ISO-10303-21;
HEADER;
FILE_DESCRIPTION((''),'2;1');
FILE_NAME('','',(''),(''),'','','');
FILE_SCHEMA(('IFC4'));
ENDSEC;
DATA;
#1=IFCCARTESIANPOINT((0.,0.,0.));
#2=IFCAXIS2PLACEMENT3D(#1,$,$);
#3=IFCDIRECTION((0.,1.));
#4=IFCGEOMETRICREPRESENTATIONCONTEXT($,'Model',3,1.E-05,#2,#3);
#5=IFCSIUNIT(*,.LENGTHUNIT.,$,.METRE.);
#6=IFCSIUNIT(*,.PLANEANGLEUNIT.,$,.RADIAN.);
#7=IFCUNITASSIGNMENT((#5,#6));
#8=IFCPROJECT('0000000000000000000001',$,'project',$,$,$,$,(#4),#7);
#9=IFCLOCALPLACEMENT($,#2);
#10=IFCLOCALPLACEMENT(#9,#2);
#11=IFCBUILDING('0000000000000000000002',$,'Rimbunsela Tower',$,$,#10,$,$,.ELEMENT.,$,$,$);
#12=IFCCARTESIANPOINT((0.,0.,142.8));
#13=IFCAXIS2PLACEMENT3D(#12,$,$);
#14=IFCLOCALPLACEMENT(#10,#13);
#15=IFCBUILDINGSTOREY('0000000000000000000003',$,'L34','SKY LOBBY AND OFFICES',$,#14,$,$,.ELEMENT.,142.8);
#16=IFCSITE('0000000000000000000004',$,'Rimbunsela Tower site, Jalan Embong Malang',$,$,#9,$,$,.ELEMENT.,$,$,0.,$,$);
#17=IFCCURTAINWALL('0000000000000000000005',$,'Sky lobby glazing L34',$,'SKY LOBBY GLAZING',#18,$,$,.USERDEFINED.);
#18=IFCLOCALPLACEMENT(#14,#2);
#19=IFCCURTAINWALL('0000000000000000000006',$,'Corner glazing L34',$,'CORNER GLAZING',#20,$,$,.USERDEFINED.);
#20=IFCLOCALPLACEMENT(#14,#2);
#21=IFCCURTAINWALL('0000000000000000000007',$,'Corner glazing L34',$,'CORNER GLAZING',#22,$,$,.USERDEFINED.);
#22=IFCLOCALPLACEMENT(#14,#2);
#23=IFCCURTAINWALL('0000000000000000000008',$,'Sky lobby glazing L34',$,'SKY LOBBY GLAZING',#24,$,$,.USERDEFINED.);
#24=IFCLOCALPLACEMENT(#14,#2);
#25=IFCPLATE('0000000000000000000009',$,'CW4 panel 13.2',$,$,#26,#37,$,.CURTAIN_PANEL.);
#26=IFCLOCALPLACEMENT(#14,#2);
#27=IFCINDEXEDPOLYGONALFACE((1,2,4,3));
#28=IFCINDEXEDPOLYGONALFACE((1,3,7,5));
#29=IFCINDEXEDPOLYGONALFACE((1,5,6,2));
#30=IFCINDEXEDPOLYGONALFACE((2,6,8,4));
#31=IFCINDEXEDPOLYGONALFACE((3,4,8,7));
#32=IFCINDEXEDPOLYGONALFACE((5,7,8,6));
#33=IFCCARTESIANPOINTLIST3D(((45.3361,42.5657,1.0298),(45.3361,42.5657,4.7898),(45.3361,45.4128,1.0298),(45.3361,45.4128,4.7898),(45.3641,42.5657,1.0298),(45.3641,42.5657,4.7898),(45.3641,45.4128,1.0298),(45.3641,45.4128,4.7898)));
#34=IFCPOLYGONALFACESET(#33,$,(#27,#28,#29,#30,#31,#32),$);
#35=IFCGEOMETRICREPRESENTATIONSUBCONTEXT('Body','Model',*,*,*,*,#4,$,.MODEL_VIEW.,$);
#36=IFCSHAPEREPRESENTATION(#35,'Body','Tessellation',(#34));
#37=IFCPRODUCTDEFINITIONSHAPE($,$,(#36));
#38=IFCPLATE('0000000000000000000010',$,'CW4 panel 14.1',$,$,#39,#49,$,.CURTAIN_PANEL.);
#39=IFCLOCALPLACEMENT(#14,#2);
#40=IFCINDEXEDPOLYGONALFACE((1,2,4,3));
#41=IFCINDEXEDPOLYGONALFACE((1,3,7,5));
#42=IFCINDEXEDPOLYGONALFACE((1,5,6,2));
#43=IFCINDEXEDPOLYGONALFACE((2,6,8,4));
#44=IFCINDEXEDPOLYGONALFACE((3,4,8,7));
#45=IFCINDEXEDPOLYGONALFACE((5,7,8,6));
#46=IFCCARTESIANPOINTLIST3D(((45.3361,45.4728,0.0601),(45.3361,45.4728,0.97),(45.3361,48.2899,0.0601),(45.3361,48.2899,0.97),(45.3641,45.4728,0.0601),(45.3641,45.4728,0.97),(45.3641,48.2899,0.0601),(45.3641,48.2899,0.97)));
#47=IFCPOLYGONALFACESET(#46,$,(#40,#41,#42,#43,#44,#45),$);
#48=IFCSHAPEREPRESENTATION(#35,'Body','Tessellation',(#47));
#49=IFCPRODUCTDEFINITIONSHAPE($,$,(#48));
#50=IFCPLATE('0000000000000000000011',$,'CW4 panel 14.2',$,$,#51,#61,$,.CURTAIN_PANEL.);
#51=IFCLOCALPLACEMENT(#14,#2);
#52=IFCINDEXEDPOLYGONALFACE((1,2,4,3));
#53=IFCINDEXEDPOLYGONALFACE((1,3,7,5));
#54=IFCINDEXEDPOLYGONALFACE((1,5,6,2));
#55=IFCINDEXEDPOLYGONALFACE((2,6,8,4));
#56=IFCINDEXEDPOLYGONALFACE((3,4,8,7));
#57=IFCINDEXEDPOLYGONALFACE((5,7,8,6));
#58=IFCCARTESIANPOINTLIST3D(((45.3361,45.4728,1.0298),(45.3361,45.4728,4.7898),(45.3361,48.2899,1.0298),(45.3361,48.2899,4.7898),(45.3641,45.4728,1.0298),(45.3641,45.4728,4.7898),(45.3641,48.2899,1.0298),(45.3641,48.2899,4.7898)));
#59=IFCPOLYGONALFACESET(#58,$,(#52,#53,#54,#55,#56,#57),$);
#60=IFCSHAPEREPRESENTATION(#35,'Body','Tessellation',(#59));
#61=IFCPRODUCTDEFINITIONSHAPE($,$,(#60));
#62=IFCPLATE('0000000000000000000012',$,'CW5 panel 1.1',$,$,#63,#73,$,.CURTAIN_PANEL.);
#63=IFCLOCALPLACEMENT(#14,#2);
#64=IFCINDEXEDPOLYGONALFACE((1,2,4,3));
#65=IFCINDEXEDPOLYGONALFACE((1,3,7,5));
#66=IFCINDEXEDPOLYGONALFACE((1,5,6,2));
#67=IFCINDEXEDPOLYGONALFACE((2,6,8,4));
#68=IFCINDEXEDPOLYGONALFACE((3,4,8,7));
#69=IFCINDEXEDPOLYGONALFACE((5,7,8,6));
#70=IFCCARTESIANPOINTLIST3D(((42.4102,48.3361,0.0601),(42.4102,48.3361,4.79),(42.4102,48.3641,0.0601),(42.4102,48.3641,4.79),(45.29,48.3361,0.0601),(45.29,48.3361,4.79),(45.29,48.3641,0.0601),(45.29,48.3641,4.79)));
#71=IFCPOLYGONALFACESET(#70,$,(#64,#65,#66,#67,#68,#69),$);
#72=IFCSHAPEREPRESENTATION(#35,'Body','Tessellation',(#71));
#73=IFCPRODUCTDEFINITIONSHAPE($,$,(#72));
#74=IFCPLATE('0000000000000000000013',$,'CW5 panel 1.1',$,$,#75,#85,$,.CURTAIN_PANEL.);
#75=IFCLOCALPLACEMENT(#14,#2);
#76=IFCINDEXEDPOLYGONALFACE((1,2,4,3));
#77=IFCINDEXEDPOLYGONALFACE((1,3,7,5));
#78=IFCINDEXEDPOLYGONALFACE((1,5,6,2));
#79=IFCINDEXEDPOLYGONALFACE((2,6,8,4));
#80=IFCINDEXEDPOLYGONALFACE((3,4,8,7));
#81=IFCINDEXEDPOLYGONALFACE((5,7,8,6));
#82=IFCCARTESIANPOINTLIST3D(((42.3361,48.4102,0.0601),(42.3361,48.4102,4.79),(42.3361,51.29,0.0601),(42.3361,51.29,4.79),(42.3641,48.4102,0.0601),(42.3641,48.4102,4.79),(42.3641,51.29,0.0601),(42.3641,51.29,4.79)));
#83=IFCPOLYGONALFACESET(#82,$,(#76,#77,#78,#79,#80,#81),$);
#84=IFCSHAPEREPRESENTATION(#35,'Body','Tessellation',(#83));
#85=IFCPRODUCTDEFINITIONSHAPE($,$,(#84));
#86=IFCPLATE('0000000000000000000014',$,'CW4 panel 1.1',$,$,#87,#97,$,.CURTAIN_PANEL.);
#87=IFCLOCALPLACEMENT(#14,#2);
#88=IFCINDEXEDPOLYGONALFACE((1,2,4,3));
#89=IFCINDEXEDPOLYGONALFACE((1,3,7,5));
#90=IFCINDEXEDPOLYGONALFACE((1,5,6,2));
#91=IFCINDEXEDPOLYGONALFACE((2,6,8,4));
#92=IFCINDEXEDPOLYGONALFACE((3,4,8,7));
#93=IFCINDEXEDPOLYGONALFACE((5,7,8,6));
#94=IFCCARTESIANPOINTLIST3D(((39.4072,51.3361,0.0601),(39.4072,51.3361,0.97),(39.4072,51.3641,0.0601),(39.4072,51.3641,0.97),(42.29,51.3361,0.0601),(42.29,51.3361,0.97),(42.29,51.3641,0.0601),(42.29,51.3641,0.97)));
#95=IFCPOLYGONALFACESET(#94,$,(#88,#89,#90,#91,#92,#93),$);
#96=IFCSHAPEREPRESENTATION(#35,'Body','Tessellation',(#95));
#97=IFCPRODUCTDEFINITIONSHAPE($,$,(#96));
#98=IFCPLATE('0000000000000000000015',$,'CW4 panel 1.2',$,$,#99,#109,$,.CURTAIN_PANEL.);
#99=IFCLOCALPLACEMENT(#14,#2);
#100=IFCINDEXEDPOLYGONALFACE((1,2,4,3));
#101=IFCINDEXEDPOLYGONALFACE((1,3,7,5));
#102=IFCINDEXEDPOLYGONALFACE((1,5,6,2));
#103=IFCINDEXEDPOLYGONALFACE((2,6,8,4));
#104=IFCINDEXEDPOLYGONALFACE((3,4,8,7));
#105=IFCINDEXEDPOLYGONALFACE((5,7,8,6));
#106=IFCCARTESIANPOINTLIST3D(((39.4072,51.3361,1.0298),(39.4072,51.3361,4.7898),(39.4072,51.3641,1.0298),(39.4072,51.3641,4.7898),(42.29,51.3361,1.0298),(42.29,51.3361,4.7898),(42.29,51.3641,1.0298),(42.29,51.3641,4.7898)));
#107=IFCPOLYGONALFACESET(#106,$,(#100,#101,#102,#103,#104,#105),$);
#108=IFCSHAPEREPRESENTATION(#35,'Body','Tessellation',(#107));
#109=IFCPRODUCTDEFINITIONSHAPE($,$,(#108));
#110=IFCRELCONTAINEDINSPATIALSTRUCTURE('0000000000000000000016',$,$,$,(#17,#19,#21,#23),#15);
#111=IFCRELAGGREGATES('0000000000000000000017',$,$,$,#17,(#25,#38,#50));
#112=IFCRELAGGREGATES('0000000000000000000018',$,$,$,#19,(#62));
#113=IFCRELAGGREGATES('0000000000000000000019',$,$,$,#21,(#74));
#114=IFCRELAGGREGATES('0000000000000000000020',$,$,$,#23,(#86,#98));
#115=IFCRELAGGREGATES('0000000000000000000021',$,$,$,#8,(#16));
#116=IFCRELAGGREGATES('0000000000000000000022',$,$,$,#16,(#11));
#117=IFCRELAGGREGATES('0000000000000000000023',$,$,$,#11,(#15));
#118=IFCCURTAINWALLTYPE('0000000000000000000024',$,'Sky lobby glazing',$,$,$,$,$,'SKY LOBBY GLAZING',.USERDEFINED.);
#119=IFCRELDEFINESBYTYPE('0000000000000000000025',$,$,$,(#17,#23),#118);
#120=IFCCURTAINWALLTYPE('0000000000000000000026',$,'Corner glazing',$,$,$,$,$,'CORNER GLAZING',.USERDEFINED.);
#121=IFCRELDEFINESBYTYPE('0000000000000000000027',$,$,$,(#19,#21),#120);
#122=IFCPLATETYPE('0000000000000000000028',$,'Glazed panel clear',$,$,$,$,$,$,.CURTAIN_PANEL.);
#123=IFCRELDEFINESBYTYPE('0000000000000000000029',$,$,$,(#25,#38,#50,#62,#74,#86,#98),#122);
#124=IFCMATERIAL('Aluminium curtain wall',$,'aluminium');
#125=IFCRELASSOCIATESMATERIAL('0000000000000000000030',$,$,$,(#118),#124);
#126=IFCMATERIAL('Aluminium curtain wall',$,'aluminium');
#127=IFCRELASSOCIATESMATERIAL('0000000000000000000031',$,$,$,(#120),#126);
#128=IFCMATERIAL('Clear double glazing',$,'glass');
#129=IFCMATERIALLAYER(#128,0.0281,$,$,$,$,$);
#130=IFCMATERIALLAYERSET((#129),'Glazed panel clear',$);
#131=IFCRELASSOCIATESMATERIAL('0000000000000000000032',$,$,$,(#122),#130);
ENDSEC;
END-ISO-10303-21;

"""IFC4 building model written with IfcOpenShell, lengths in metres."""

from ifc_helpers import new_model, si_unit, direction, frame, origin, origin_2d, place, context, subcontext, project, spatial, rectangle, extrude, material, layer, layer_set, type_object, element, aggregate, save


model = new_model("IFC4")

# Units and contexts
model_context = context("Model", 3, precision=1e-05, world=origin(), true_north=direction((0.0, 1.0)))
body_context = subcontext(model_context, "Body", "Model", "MODEL_VIEW")
ifc_project = project(units=[si_unit("LENGTHUNIT", "METRE"), si_unit("PLANEANGLEUNIT", "RADIAN")], contexts=[model_context])

# Site, building, storey
site_placement = place(None, origin())
site = spatial("IfcSite", under=ifc_project, at=site_placement, Name="Rimbunsela Tower site, Jalan Embong Malang", CompositionType="ELEMENT", RefElevation=0.0)
building_placement = place(site_placement, origin())
building = spatial("IfcBuilding", under=site, at=building_placement, Name="Rimbunsela Tower", CompositionType="ELEMENT")
storey_placement = place(building_placement, frame((0.0, 0.0, 142.8)))
storey = spatial("IfcBuildingStorey", under=building, at=storey_placement, Name="L34", Description="SKY LOBBY AND OFFICES", CompositionType="ELEMENT", Elevation=142.8)

# Curtain walls
ifc_material_1 = material(Name="Aluminium curtain wall", Category="aluminium")
curtain_wall_type_1 = type_object("IfcCurtainWallType", Name="Sky lobby glazing", ElementType="SKY LOBBY GLAZING", PredefinedType="USERDEFINED", material=ifc_material_1)
curtain_wall_1_placement = place(storey_placement, origin())
curtain_wall_1 = element("IfcCurtainWall", 1, at=curtain_wall_1_placement, inside=storey, type_object=curtain_wall_type_1, Name="Sky lobby glazing L34", ObjectType="SKY LOBBY GLAZING", PredefinedType="USERDEFINED")
ifc_material_2 = material(Name="Aluminium curtain wall", Category="aluminium")
curtain_wall_type_2 = type_object("IfcCurtainWallType", Name="Corner glazing", ElementType="CORNER GLAZING", PredefinedType="USERDEFINED", material=ifc_material_2)
curtain_wall_2_placement = place(storey_placement, origin())
curtain_wall_2 = element("IfcCurtainWall", 2, at=curtain_wall_2_placement, inside=storey, type_object=curtain_wall_type_2, Name="Corner glazing L34", ObjectType="CORNER GLAZING", PredefinedType="USERDEFINED")
curtain_wall_3_placement = place(storey_placement, origin())
curtain_wall_3 = element("IfcCurtainWall", 3, at=curtain_wall_3_placement, inside=storey, type_object=curtain_wall_type_2, Name="Corner glazing L34", ObjectType="CORNER GLAZING", PredefinedType="USERDEFINED")
curtain_wall_4_placement = place(storey_placement, origin())
curtain_wall_4 = element("IfcCurtainWall", 4, at=curtain_wall_4_placement, inside=storey, type_object=curtain_wall_type_1, Name="Sky lobby glazing L34", ObjectType="SKY LOBBY GLAZING", PredefinedType="USERDEFINED")

# Plates
ifc_material_3 = material(Name="Clear double glazing", Category="glass")
ifc_layer = layer(ifc_material_3, 0.0281)
ifc_layer_set = layer_set([ifc_layer], Name="Glazed panel clear")
plate_type = type_object("IfcPlateType", Name="Glazed panel clear", PredefinedType="CURTAIN_PANEL", material=ifc_layer_set)
plate_1_placement = place(storey_placement, frame((45.3501, 43.9893, 1.0298), z_axis=(0.0, 0.0, 1.0), x_axis=(0.0, 1.0, 0.0)))
plate_1 = element("IfcPlate", 5, at=plate_1_placement, type_object=plate_type, Name="CW4 panel 13.2", PredefinedType="CURTAIN_PANEL", context=body_context, shape_type="SweptSolid", body=[
    extrude(rectangle(XDim=2.8472, YDim=0.0281, at=origin_2d()), origin(), (0.0, 0.0, 1.0), 3.76),
])
plate_2_placement = place(storey_placement, frame((45.3501, 46.8813, 0.0601), z_axis=(0.0, 0.0, 1.0), x_axis=(0.0, 1.0, 0.0)))
plate_2 = element("IfcPlate", 6, at=plate_2_placement, type_object=plate_type, Name="CW4 panel 14.1", PredefinedType="CURTAIN_PANEL", context=body_context, shape_type="SweptSolid", body=[
    extrude(rectangle(XDim=2.8171, YDim=0.0281, at=origin_2d()), origin(), (0.0, 0.0, 1.0), 0.9099),
])
plate_3_placement = place(storey_placement, frame((45.3501, 46.8813, 1.0298), z_axis=(0.0, 0.0, 1.0), x_axis=(0.0, 1.0, 0.0)))
plate_3 = element("IfcPlate", 7, at=plate_3_placement, type_object=plate_type, Name="CW4 panel 14.2", PredefinedType="CURTAIN_PANEL", context=body_context, shape_type="SweptSolid", body=[
    extrude(rectangle(XDim=2.8171, YDim=0.0281, at=origin_2d()), origin(), (0.0, 0.0, 1.0), 3.76),
])
aggregate(curtain_wall_1, [plate_1, plate_2, plate_3])
plate_4_placement = place(storey_placement, frame((43.8501, 48.3501, 0.0601), z_axis=(0.0, 0.0, 1.0), x_axis=(-1.0, 0.0, 0.0)))
plate_4 = element("IfcPlate", 8, at=plate_4_placement, type_object=plate_type, Name="CW5 panel 1.1", PredefinedType="CURTAIN_PANEL", context=body_context, shape_type="SweptSolid", body=[
    extrude(rectangle(XDim=2.8799, YDim=0.0281, at=origin_2d()), origin(), (0.0, 0.0, 1.0), 4.73),
])
aggregate(curtain_wall_2, [plate_4])
plate_5_placement = place(storey_placement, frame((42.3501, 49.8501, 0.0601), z_axis=(0.0, 0.0, 1.0), x_axis=(0.0, 1.0, 0.0)))
plate_5 = element("IfcPlate", 9, at=plate_5_placement, type_object=plate_type, Name="CW5 panel 1.1", PredefinedType="CURTAIN_PANEL", context=body_context, shape_type="SweptSolid", body=[
    extrude(rectangle(XDim=2.8799, YDim=0.0281, at=origin_2d()), origin(), (0.0, 0.0, 1.0), 4.73),
])
aggregate(curtain_wall_3, [plate_5])
plate_6_placement = place(storey_placement, frame((40.8486, 51.3501, 0.0601), z_axis=(0.0, 0.0, 1.0), x_axis=(-1.0, 0.0, 0.0)))
plate_6 = element("IfcPlate", 10, at=plate_6_placement, type_object=plate_type, Name="CW4 panel 1.1", PredefinedType="CURTAIN_PANEL", context=body_context, shape_type="SweptSolid", body=[
    extrude(rectangle(XDim=2.8828, YDim=0.0281, at=origin_2d()), origin(), (0.0, 0.0, 1.0), 0.9099),
])
plate_7_placement = place(storey_placement, frame((40.8486, 51.3501, 1.0298), z_axis=(0.0, 0.0, 1.0), x_axis=(-1.0, 0.0, 0.0)))
plate_7 = element("IfcPlate", 11, at=plate_7_placement, type_object=plate_type, Name="CW4 panel 1.2", PredefinedType="CURTAIN_PANEL", context=body_context, shape_type="SweptSolid", body=[
    extrude(rectangle(XDim=2.8828, YDim=0.0281, at=origin_2d()), origin(), (0.0, 0.0, 1.0), 3.76),
])
aggregate(curtain_wall_4, [plate_6, plate_7])

save(model, "model.ifc")
